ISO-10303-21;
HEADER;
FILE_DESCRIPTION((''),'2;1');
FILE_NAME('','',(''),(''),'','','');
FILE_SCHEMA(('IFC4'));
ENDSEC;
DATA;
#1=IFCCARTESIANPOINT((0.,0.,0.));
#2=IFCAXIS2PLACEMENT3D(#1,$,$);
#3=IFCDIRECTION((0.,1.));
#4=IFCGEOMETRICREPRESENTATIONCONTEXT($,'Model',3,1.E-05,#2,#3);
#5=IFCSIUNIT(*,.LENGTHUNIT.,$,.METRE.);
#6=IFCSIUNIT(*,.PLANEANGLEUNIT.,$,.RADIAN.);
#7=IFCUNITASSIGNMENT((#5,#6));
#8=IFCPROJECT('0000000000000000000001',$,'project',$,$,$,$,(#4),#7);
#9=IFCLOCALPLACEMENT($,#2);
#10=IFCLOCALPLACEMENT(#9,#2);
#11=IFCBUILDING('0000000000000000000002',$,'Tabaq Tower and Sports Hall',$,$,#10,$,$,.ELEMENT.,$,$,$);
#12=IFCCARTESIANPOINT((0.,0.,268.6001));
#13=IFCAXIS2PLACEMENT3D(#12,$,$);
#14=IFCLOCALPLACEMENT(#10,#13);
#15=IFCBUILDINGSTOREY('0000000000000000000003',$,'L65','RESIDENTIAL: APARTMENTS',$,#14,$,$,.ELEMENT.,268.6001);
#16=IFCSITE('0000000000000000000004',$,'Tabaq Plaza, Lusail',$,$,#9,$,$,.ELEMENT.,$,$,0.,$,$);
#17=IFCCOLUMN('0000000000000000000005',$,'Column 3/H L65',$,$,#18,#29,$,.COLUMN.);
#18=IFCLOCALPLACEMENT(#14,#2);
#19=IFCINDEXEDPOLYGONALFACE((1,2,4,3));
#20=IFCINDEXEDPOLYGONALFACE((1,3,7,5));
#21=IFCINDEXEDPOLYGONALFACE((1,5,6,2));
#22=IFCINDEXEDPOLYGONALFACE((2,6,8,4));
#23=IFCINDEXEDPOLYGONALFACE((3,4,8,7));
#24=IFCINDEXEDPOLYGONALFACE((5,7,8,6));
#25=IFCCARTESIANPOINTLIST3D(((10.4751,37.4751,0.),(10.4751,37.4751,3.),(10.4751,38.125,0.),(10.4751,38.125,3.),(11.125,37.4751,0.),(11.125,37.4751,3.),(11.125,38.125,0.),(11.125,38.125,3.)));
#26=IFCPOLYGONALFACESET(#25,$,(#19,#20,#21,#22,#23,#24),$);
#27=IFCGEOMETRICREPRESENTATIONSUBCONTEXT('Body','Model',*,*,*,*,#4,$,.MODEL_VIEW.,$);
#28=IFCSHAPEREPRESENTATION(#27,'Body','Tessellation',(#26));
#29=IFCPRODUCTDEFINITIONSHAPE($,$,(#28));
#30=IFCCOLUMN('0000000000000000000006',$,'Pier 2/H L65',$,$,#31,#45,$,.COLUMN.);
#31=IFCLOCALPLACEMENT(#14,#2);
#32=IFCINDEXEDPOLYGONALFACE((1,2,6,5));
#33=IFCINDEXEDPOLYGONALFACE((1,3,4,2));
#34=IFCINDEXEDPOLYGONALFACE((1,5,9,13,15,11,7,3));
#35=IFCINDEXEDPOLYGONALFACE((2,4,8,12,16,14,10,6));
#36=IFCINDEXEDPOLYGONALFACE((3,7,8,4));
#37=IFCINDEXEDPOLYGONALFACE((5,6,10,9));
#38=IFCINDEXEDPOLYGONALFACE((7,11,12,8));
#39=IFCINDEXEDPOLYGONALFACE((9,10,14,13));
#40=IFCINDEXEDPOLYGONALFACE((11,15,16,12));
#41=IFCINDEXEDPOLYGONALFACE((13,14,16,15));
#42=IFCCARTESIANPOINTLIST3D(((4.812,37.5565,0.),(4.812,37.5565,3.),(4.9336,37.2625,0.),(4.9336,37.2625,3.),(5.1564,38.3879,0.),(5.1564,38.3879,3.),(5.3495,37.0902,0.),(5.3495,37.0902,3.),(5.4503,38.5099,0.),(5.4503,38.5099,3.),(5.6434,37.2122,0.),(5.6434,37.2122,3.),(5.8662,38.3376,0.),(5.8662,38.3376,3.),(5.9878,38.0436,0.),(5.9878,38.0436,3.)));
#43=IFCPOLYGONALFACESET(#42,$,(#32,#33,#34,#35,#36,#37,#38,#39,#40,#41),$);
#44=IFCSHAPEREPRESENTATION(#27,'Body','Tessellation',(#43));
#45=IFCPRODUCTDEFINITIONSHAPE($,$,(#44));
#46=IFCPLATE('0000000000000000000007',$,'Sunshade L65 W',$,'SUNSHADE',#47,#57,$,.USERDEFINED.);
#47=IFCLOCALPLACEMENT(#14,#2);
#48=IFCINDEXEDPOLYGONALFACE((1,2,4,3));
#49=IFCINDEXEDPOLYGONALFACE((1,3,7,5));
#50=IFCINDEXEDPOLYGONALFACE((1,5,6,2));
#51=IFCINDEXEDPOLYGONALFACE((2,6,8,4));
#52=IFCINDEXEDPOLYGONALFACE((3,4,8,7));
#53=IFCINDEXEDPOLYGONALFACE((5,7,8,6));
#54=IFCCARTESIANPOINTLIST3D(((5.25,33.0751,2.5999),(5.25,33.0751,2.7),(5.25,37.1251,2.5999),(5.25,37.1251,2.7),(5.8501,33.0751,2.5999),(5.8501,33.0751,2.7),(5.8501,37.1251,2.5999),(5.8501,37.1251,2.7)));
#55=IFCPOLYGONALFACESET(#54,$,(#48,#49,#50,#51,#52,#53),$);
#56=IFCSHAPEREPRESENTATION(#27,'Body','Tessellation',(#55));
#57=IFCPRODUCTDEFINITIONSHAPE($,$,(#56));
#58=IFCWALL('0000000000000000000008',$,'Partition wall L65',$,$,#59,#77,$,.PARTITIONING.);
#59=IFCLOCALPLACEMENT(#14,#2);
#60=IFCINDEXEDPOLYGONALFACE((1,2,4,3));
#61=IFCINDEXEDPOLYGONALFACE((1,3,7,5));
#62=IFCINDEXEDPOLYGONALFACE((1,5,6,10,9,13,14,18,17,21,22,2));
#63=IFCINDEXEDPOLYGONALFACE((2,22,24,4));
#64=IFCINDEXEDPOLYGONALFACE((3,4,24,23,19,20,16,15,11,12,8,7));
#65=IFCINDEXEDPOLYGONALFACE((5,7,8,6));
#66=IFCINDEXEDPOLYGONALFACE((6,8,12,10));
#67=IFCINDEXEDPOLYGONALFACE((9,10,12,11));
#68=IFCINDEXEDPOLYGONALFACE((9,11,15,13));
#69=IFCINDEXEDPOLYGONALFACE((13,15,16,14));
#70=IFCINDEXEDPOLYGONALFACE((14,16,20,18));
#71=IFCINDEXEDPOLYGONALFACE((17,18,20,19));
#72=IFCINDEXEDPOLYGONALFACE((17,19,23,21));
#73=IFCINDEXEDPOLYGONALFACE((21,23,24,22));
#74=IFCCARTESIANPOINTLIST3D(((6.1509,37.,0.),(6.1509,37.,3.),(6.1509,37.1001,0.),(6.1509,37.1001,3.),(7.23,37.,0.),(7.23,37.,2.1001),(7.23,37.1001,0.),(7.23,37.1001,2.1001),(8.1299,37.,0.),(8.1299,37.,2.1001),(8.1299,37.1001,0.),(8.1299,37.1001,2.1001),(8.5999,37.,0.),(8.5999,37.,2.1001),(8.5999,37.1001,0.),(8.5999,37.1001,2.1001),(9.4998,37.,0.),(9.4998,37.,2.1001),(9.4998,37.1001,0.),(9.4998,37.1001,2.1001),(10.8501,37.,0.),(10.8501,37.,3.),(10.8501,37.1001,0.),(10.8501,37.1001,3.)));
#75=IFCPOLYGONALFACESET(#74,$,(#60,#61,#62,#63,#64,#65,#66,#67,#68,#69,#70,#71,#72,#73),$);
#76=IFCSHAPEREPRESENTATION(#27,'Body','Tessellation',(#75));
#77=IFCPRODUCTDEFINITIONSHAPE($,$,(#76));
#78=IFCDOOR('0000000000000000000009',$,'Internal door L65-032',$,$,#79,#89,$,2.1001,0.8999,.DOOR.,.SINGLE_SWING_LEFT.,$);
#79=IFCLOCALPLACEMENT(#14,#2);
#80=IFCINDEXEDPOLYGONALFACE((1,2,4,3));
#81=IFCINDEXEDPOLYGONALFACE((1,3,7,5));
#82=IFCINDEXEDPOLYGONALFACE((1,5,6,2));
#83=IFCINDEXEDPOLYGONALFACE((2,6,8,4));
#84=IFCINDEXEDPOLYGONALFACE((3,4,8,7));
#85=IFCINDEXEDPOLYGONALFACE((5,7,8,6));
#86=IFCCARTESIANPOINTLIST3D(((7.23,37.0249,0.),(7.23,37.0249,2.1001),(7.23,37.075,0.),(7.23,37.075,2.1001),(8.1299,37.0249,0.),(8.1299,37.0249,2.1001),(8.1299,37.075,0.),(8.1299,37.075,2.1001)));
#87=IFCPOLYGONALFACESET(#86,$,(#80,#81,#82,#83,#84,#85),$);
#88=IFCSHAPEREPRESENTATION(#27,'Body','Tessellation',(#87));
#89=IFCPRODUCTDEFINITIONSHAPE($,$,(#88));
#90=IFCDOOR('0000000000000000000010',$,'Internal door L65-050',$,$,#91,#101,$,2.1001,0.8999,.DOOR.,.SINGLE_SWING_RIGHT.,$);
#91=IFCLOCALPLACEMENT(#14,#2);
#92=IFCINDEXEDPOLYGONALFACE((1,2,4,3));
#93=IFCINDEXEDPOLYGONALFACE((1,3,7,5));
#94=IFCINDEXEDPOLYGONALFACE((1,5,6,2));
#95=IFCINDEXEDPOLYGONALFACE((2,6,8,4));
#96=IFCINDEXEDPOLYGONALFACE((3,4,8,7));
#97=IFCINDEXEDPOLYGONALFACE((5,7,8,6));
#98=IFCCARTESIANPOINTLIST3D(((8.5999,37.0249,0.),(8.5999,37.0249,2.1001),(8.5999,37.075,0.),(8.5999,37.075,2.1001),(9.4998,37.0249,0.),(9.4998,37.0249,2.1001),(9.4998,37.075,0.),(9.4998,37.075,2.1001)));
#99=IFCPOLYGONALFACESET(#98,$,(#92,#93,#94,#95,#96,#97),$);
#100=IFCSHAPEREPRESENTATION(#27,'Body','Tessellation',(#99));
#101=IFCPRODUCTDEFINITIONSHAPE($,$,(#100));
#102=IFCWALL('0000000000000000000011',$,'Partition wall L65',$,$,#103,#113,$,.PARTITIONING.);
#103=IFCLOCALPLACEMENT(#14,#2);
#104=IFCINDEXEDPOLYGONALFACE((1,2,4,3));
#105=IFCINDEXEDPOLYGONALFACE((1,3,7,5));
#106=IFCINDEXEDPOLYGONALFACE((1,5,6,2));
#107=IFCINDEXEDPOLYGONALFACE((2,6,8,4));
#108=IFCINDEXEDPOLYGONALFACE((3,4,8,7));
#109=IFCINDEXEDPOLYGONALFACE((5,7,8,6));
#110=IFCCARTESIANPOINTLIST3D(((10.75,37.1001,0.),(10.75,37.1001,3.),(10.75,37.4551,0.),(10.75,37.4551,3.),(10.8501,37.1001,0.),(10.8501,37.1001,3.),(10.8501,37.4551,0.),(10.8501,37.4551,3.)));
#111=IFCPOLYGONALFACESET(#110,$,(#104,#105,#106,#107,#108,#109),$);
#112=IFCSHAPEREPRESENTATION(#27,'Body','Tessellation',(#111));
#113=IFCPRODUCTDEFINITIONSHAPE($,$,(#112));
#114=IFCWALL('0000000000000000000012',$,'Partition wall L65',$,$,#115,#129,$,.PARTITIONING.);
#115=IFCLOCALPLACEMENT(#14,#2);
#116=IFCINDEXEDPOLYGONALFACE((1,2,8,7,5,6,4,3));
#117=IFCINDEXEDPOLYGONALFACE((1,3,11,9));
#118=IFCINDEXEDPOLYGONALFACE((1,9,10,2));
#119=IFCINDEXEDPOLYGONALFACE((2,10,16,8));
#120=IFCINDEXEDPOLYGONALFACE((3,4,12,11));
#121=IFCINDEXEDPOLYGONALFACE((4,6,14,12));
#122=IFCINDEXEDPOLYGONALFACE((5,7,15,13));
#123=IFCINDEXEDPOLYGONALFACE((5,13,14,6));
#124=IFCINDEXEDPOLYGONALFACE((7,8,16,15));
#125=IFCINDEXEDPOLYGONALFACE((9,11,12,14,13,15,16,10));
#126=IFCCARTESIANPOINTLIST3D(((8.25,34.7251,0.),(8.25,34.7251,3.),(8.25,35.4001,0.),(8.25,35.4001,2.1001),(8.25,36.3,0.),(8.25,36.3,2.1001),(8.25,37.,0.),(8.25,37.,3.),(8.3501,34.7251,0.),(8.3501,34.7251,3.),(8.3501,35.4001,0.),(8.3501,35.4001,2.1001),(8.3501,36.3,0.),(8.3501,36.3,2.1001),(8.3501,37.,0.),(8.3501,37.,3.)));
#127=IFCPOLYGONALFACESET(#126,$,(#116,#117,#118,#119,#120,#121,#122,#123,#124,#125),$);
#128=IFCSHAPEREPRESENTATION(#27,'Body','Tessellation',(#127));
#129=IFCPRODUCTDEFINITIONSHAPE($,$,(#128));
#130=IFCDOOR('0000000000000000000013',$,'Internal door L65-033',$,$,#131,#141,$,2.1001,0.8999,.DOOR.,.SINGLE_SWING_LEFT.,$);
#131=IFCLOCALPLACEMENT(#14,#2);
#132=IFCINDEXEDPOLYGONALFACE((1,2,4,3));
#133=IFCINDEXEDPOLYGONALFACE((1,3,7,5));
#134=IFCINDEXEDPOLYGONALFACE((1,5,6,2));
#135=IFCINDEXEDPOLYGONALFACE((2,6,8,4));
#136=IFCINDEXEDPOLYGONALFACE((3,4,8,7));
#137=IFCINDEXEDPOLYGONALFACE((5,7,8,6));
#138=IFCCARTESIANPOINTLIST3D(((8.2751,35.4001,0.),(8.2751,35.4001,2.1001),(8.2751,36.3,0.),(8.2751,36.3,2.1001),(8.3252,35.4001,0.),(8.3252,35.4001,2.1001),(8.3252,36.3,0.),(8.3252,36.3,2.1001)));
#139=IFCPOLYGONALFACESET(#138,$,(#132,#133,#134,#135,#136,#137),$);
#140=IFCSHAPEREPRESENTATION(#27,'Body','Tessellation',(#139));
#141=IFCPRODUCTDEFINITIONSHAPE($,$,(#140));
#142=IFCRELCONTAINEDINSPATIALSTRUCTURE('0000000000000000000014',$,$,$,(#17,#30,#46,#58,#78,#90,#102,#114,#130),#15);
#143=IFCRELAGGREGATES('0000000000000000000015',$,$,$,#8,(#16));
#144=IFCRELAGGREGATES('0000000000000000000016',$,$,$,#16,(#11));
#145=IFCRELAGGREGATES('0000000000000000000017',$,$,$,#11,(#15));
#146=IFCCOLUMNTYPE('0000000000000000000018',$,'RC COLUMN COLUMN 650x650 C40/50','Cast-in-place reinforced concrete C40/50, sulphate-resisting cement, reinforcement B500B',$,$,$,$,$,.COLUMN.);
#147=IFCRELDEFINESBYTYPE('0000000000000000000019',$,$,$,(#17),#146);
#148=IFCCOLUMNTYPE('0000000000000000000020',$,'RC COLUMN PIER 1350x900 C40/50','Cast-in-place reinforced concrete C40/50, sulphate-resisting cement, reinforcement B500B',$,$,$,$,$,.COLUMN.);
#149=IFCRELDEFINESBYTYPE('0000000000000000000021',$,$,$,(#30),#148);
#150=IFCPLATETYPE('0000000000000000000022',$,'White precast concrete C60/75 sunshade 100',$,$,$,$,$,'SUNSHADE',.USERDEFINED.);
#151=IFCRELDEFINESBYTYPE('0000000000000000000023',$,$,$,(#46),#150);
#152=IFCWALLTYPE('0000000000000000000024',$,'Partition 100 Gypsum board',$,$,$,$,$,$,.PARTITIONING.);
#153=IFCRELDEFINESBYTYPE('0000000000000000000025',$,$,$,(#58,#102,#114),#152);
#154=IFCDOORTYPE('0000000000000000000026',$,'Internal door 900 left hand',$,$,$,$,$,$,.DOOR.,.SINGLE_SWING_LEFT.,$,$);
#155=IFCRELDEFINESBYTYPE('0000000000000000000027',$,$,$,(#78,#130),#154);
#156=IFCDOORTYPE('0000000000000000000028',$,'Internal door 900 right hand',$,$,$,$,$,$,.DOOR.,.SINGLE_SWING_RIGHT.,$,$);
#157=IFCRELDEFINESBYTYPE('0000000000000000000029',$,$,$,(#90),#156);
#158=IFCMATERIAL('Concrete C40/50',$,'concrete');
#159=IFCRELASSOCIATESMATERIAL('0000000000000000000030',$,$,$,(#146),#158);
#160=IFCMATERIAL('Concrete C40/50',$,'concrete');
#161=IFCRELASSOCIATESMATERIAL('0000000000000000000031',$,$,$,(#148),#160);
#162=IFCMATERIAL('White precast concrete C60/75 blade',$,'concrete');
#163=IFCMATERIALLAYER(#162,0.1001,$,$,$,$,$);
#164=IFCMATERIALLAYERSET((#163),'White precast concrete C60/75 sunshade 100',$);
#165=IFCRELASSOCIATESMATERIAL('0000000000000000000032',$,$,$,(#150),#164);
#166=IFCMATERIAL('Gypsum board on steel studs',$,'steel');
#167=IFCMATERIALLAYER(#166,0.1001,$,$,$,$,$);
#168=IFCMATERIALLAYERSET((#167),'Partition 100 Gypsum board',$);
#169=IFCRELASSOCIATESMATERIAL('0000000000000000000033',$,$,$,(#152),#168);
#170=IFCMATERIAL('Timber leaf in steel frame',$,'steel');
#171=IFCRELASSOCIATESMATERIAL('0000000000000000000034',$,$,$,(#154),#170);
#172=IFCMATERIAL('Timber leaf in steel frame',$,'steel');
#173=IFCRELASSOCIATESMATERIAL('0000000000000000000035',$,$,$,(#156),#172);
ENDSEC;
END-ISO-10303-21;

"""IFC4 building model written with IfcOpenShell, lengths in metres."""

from ifc_helpers import new_model, si_unit, direction, frame, frame_2d, origin, origin_2d, place, context, subcontext, project, spatial, polyline, rectangle, outline, extrude, material, layer, layer_set, material_profile, profile_set, type_object, element, fill, save


model = new_model("IFC4")

# Units and contexts
model_context = context("Model", 3, precision=1e-05, world=origin(), true_north=direction((0.0, 1.0)))
body_context = subcontext(model_context, "Body", "Model", "MODEL_VIEW")
ifc_project = project(units=[si_unit("LENGTHUNIT", "METRE"), si_unit("PLANEANGLEUNIT", "RADIAN")], contexts=[model_context])

# Site, building, storey
site_placement = place(None, origin())
site = spatial("IfcSite", under=ifc_project, at=site_placement, Name="Tabaq Plaza, Lusail", CompositionType="ELEMENT", RefElevation=0.0)
building_placement = place(site_placement, origin())
building = spatial("IfcBuilding", under=site, at=building_placement, Name="Tabaq Tower and Sports Hall", CompositionType="ELEMENT")
storey_placement = place(building_placement, frame((0.0, 0.0, 268.6001)))
storey = spatial("IfcBuildingStorey", under=building, at=storey_placement, Name="L65", Description="RESIDENTIAL: APARTMENTS", CompositionType="ELEMENT", Elevation=268.6001)

# Columns
ifc_material_1 = material(Name="Concrete C40/50", Category="concrete")
ifc_material_profile_1 = material_profile(ifc_material_1, rectangle(XDim=0.6499, YDim=0.6499, at=origin_2d()), Name="COLUMN 650x650")
ifc_profile_set_1 = profile_set([ifc_material_profile_1], Name="Concrete C40/50")
column_type_1 = type_object("IfcColumnType", Name="RC COLUMN COLUMN 650x650 C40/50", Description="Cast-in-place reinforced concrete C40/50, sulphate-resisting cement, reinforcement B500B", PredefinedType="COLUMN", material=ifc_profile_set_1)
column_1_placement = place(storey_placement, frame((10.8, 37.8, 0.0), z_axis=(0.0, 0.0, 1.0), x_axis=(1.0, 0.0, 0.0)))
element("IfcColumn", 1, at=column_1_placement, inside=storey, type_object=column_type_1, Name="Column 3/H L65", PredefinedType="COLUMN", context=body_context, shape_type="SweptSolid", body=[
    extrude(rectangle(XDim=0.6499, YDim=0.6499, at=origin_2d()), origin(), (0.0, 0.0, 1.0), 3.0),
])
ifc_material_2 = material(Name="Concrete C40/50", Category="concrete")
ifc_material_profile_2 = material_profile(ifc_material_2, outline(polyline([(-0.45, -0.45), (0.45, -0.45), (0.675, -0.2251), (0.675, 0.2251), (0.45, 0.45), (-0.45, 0.45), (-0.675, 0.2251), (-0.675, -0.2251), (-0.45, -0.45)])), Name="PIER 1350x900")
ifc_profile_set_2 = profile_set([ifc_material_profile_2], Name="Concrete C40/50")
column_type_2 = type_object("IfcColumnType", Name="RC COLUMN PIER 1350x900 C40/50", Description="Cast-in-place reinforced concrete C40/50, sulphate-resisting cement, reinforcement B500B", PredefinedType="COLUMN", material=ifc_profile_set_2)
column_2_placement = place(storey_placement, frame((5.3999, 37.8, 0.0), z_axis=(0.0, 0.0, 1.0), x_axis=(0.382683, 0.92388, 0.0)))
element("IfcColumn", 2, at=column_2_placement, inside=storey, type_object=column_type_2, Name="Pier 2/H L65", PredefinedType="COLUMN", context=body_context, shape_type="SweptSolid", body=[
    extrude(outline(polyline([(-0.45, -0.45), (0.45, -0.45), (0.675, -0.2251), (0.675, 0.2251), (0.45, 0.45), (-0.45, 0.45), (-0.675, 0.2251), (-0.675, -0.2251), (-0.45, -0.45)])), origin(), (0.0, 0.0, 1.0), 3.0),
])

# Plate
ifc_material_3 = material(Name="White precast concrete C60/75 blade", Category="concrete")
ifc_layer_1 = layer(ifc_material_3, 0.1001)
ifc_layer_set_1 = layer_set([ifc_layer_1], Name="White precast concrete C60/75 sunshade 100")
plate_type = type_object("IfcPlateType", Name="White precast concrete C60/75 sunshade 100", ElementType="SUNSHADE", PredefinedType="USERDEFINED", material=ifc_layer_set_1)
plate_placement = place(storey_placement, frame((5.55, 35.1001, 2.5999), z_axis=(0.0, 0.0, 1.0), x_axis=(0.0, -1.0, 0.0)))
element("IfcPlate", 3, at=plate_placement, inside=storey, type_object=plate_type, Name="Sunshade L65 W", ObjectType="SUNSHADE", PredefinedType="USERDEFINED", context=body_context, shape_type="SweptSolid", body=[
    extrude(rectangle(XDim=4.05, YDim=0.6001, at=origin_2d()), origin(), (0.0, 0.0, 1.0), 0.1001),
])

# Wall, openings, doors
ifc_material_4 = material(Name="Gypsum board on steel studs", Category="steel")
ifc_layer_2 = layer(ifc_material_4, 0.1001)
ifc_layer_set_2 = layer_set([ifc_layer_2], Name="Partition 100 Gypsum board")
wall_type_1 = type_object("IfcWallType", Name="Partition 100 Gypsum board", PredefinedType="PARTITIONING", material=ifc_layer_set_2)
wall_1_placement = place(storey_placement, frame((6.1509, 37.05, 0.0), z_axis=(0.0, 0.0, 1.0), x_axis=(1.0, 0.0, 0.0)))
wall_1 = element("IfcWall", 4, at=wall_1_placement, inside=storey, type_object=wall_type_1, Name="Partition wall L65", PredefinedType="PARTITIONING", context=body_context, shape_type="SweptSolid", body=[
    extrude(rectangle(XDim=4.6992, YDim=0.1001, at=frame_2d((2.3496, 0.0))), origin(), (0.0, 0.0, 1.0), 3.0),
])
opening_1_placement = place(wall_1_placement, frame((1.0791, 0.0, 0.0)))
opening_1 = element("IfcOpeningElement", 5, at=opening_1_placement, cuts=wall_1, PredefinedType="OPENING", context=body_context, shape_type="SweptSolid", body=[
    extrude(rectangle(XDim=0.8999, YDim=2.1001, at=frame_2d((0.45, 1.05))), frame((0.0, 0.05, 0.0), z_axis=(0.0, -1.0, 0.0), x_axis=(1.0, 0.0, 0.0)), (0.0, 0.0, 1.0), 0.1001),
])
opening_2_placement = place(wall_1_placement, frame((2.449, 0.0, 0.0)))
opening_2 = element("IfcOpeningElement", 6, at=opening_2_placement, cuts=wall_1, PredefinedType="OPENING", context=body_context, shape_type="SweptSolid", body=[
    extrude(rectangle(XDim=0.8999, YDim=2.1001, at=frame_2d((0.45, 1.05))), frame((0.0, 0.05, 0.0), z_axis=(0.0, -1.0, 0.0), x_axis=(1.0, 0.0, 0.0)), (0.0, 0.0, 1.0), 0.1001),
])
ifc_material_5 = material(Name="Timber leaf in steel frame", Category="steel")
door_type_1 = type_object("IfcDoorType", Name="Internal door 900 left hand", OperationType="SINGLE_SWING_LEFT", PredefinedType="DOOR", material=ifc_material_5)
door_1_placement = place(opening_1_placement, origin())
door_1 = element("IfcDoor", 7, at=door_1_placement, inside=storey, type_object=door_type_1, Name="Internal door L65-032", OperationType="SINGLE_SWING_LEFT", OverallHeight=2.1001, OverallWidth=0.8999, PredefinedType="DOOR", context=body_context, shape_type="SweptSolid", body=[
    extrude(rectangle(XDim=0.8999, YDim=2.1001, at=frame_2d((0.45, 1.05))), frame((0.0, 0.0249, 0.0), z_axis=(0.0, -1.0, 0.0), x_axis=(1.0, 0.0, 0.0)), (0.0, 0.0, 1.0), 0.05),
])
fill(opening_1, door_1)
ifc_material_6 = material(Name="Timber leaf in steel frame", Category="steel")
door_type_2 = type_object("IfcDoorType", Name="Internal door 900 right hand", OperationType="SINGLE_SWING_RIGHT", PredefinedType="DOOR", material=ifc_material_6)
door_2_placement = place(opening_2_placement, origin())
door_2 = element("IfcDoor", 8, at=door_2_placement, inside=storey, type_object=door_type_2, Name="Internal door L65-050", OperationType="SINGLE_SWING_RIGHT", OverallHeight=2.1001, OverallWidth=0.8999, PredefinedType="DOOR", context=body_context, shape_type="SweptSolid", body=[
    extrude(rectangle(XDim=0.8999, YDim=2.1001, at=frame_2d((0.45, 1.05))), frame((0.0, 0.0249, 0.0), z_axis=(0.0, -1.0, 0.0), x_axis=(1.0, 0.0, 0.0)), (0.0, 0.0, 1.0), 0.05),
])
fill(opening_2, door_2)

# Wall
wall_2_placement = place(storey_placement, frame((10.8, 37.1001, 0.0), z_axis=(0.0, 0.0, 1.0), x_axis=(0.0, 1.0, 0.0)))
element("IfcWall", 9, at=wall_2_placement, inside=storey, type_object=wall_type_1, Name="Partition wall L65", PredefinedType="PARTITIONING", context=body_context, shape_type="SweptSolid", body=[
    extrude(rectangle(XDim=0.355, YDim=0.1001, at=frame_2d((0.1775, 0.0))), origin(), (0.0, 0.0, 1.0), 3.0),
])

# Wall, opening, door
wall_3_placement = place(storey_placement, frame((8.3, 34.7251, 0.0), z_axis=(0.0, 0.0, 1.0), x_axis=(0.0, 1.0, 0.0)))
wall_3 = element("IfcWall", 10, at=wall_3_placement, inside=storey, type_object=wall_type_1, Name="Partition wall L65", PredefinedType="PARTITIONING", context=body_context, shape_type="SweptSolid", body=[
    extrude(rectangle(XDim=2.2749, YDim=0.1001, at=frame_2d((1.1375, 0.0))), origin(), (0.0, 0.0, 1.0), 3.0),
])
opening_3_placement = place(wall_3_placement, frame((0.675, 0.0, 0.0)))
opening_3 = element("IfcOpeningElement", 11, at=opening_3_placement, cuts=wall_3, PredefinedType="OPENING", context=body_context, shape_type="SweptSolid", body=[
    extrude(rectangle(XDim=0.8999, YDim=2.1001, at=frame_2d((0.45, 1.05))), frame((0.0, 0.05, 0.0), z_axis=(0.0, -1.0, 0.0), x_axis=(1.0, 0.0, 0.0)), (0.0, 0.0, 1.0), 0.1001),
])
door_3_placement = place(opening_3_placement, origin())
door_3 = element("IfcDoor", 12, at=door_3_placement, inside=storey, type_object=door_type_1, Name="Internal door L65-033", OperationType="SINGLE_SWING_LEFT", OverallHeight=2.1001, OverallWidth=0.8999, PredefinedType="DOOR", context=body_context, shape_type="SweptSolid", body=[
    extrude(rectangle(XDim=0.8999, YDim=2.1001, at=frame_2d((0.45, 1.05))), frame((0.0, 0.0249, 0.0), z_axis=(0.0, -1.0, 0.0), x_axis=(1.0, 0.0, 0.0)), (0.0, 0.0, 1.0), 0.05),
])
fill(opening_3, door_3)

save(model, "model.ifc")
